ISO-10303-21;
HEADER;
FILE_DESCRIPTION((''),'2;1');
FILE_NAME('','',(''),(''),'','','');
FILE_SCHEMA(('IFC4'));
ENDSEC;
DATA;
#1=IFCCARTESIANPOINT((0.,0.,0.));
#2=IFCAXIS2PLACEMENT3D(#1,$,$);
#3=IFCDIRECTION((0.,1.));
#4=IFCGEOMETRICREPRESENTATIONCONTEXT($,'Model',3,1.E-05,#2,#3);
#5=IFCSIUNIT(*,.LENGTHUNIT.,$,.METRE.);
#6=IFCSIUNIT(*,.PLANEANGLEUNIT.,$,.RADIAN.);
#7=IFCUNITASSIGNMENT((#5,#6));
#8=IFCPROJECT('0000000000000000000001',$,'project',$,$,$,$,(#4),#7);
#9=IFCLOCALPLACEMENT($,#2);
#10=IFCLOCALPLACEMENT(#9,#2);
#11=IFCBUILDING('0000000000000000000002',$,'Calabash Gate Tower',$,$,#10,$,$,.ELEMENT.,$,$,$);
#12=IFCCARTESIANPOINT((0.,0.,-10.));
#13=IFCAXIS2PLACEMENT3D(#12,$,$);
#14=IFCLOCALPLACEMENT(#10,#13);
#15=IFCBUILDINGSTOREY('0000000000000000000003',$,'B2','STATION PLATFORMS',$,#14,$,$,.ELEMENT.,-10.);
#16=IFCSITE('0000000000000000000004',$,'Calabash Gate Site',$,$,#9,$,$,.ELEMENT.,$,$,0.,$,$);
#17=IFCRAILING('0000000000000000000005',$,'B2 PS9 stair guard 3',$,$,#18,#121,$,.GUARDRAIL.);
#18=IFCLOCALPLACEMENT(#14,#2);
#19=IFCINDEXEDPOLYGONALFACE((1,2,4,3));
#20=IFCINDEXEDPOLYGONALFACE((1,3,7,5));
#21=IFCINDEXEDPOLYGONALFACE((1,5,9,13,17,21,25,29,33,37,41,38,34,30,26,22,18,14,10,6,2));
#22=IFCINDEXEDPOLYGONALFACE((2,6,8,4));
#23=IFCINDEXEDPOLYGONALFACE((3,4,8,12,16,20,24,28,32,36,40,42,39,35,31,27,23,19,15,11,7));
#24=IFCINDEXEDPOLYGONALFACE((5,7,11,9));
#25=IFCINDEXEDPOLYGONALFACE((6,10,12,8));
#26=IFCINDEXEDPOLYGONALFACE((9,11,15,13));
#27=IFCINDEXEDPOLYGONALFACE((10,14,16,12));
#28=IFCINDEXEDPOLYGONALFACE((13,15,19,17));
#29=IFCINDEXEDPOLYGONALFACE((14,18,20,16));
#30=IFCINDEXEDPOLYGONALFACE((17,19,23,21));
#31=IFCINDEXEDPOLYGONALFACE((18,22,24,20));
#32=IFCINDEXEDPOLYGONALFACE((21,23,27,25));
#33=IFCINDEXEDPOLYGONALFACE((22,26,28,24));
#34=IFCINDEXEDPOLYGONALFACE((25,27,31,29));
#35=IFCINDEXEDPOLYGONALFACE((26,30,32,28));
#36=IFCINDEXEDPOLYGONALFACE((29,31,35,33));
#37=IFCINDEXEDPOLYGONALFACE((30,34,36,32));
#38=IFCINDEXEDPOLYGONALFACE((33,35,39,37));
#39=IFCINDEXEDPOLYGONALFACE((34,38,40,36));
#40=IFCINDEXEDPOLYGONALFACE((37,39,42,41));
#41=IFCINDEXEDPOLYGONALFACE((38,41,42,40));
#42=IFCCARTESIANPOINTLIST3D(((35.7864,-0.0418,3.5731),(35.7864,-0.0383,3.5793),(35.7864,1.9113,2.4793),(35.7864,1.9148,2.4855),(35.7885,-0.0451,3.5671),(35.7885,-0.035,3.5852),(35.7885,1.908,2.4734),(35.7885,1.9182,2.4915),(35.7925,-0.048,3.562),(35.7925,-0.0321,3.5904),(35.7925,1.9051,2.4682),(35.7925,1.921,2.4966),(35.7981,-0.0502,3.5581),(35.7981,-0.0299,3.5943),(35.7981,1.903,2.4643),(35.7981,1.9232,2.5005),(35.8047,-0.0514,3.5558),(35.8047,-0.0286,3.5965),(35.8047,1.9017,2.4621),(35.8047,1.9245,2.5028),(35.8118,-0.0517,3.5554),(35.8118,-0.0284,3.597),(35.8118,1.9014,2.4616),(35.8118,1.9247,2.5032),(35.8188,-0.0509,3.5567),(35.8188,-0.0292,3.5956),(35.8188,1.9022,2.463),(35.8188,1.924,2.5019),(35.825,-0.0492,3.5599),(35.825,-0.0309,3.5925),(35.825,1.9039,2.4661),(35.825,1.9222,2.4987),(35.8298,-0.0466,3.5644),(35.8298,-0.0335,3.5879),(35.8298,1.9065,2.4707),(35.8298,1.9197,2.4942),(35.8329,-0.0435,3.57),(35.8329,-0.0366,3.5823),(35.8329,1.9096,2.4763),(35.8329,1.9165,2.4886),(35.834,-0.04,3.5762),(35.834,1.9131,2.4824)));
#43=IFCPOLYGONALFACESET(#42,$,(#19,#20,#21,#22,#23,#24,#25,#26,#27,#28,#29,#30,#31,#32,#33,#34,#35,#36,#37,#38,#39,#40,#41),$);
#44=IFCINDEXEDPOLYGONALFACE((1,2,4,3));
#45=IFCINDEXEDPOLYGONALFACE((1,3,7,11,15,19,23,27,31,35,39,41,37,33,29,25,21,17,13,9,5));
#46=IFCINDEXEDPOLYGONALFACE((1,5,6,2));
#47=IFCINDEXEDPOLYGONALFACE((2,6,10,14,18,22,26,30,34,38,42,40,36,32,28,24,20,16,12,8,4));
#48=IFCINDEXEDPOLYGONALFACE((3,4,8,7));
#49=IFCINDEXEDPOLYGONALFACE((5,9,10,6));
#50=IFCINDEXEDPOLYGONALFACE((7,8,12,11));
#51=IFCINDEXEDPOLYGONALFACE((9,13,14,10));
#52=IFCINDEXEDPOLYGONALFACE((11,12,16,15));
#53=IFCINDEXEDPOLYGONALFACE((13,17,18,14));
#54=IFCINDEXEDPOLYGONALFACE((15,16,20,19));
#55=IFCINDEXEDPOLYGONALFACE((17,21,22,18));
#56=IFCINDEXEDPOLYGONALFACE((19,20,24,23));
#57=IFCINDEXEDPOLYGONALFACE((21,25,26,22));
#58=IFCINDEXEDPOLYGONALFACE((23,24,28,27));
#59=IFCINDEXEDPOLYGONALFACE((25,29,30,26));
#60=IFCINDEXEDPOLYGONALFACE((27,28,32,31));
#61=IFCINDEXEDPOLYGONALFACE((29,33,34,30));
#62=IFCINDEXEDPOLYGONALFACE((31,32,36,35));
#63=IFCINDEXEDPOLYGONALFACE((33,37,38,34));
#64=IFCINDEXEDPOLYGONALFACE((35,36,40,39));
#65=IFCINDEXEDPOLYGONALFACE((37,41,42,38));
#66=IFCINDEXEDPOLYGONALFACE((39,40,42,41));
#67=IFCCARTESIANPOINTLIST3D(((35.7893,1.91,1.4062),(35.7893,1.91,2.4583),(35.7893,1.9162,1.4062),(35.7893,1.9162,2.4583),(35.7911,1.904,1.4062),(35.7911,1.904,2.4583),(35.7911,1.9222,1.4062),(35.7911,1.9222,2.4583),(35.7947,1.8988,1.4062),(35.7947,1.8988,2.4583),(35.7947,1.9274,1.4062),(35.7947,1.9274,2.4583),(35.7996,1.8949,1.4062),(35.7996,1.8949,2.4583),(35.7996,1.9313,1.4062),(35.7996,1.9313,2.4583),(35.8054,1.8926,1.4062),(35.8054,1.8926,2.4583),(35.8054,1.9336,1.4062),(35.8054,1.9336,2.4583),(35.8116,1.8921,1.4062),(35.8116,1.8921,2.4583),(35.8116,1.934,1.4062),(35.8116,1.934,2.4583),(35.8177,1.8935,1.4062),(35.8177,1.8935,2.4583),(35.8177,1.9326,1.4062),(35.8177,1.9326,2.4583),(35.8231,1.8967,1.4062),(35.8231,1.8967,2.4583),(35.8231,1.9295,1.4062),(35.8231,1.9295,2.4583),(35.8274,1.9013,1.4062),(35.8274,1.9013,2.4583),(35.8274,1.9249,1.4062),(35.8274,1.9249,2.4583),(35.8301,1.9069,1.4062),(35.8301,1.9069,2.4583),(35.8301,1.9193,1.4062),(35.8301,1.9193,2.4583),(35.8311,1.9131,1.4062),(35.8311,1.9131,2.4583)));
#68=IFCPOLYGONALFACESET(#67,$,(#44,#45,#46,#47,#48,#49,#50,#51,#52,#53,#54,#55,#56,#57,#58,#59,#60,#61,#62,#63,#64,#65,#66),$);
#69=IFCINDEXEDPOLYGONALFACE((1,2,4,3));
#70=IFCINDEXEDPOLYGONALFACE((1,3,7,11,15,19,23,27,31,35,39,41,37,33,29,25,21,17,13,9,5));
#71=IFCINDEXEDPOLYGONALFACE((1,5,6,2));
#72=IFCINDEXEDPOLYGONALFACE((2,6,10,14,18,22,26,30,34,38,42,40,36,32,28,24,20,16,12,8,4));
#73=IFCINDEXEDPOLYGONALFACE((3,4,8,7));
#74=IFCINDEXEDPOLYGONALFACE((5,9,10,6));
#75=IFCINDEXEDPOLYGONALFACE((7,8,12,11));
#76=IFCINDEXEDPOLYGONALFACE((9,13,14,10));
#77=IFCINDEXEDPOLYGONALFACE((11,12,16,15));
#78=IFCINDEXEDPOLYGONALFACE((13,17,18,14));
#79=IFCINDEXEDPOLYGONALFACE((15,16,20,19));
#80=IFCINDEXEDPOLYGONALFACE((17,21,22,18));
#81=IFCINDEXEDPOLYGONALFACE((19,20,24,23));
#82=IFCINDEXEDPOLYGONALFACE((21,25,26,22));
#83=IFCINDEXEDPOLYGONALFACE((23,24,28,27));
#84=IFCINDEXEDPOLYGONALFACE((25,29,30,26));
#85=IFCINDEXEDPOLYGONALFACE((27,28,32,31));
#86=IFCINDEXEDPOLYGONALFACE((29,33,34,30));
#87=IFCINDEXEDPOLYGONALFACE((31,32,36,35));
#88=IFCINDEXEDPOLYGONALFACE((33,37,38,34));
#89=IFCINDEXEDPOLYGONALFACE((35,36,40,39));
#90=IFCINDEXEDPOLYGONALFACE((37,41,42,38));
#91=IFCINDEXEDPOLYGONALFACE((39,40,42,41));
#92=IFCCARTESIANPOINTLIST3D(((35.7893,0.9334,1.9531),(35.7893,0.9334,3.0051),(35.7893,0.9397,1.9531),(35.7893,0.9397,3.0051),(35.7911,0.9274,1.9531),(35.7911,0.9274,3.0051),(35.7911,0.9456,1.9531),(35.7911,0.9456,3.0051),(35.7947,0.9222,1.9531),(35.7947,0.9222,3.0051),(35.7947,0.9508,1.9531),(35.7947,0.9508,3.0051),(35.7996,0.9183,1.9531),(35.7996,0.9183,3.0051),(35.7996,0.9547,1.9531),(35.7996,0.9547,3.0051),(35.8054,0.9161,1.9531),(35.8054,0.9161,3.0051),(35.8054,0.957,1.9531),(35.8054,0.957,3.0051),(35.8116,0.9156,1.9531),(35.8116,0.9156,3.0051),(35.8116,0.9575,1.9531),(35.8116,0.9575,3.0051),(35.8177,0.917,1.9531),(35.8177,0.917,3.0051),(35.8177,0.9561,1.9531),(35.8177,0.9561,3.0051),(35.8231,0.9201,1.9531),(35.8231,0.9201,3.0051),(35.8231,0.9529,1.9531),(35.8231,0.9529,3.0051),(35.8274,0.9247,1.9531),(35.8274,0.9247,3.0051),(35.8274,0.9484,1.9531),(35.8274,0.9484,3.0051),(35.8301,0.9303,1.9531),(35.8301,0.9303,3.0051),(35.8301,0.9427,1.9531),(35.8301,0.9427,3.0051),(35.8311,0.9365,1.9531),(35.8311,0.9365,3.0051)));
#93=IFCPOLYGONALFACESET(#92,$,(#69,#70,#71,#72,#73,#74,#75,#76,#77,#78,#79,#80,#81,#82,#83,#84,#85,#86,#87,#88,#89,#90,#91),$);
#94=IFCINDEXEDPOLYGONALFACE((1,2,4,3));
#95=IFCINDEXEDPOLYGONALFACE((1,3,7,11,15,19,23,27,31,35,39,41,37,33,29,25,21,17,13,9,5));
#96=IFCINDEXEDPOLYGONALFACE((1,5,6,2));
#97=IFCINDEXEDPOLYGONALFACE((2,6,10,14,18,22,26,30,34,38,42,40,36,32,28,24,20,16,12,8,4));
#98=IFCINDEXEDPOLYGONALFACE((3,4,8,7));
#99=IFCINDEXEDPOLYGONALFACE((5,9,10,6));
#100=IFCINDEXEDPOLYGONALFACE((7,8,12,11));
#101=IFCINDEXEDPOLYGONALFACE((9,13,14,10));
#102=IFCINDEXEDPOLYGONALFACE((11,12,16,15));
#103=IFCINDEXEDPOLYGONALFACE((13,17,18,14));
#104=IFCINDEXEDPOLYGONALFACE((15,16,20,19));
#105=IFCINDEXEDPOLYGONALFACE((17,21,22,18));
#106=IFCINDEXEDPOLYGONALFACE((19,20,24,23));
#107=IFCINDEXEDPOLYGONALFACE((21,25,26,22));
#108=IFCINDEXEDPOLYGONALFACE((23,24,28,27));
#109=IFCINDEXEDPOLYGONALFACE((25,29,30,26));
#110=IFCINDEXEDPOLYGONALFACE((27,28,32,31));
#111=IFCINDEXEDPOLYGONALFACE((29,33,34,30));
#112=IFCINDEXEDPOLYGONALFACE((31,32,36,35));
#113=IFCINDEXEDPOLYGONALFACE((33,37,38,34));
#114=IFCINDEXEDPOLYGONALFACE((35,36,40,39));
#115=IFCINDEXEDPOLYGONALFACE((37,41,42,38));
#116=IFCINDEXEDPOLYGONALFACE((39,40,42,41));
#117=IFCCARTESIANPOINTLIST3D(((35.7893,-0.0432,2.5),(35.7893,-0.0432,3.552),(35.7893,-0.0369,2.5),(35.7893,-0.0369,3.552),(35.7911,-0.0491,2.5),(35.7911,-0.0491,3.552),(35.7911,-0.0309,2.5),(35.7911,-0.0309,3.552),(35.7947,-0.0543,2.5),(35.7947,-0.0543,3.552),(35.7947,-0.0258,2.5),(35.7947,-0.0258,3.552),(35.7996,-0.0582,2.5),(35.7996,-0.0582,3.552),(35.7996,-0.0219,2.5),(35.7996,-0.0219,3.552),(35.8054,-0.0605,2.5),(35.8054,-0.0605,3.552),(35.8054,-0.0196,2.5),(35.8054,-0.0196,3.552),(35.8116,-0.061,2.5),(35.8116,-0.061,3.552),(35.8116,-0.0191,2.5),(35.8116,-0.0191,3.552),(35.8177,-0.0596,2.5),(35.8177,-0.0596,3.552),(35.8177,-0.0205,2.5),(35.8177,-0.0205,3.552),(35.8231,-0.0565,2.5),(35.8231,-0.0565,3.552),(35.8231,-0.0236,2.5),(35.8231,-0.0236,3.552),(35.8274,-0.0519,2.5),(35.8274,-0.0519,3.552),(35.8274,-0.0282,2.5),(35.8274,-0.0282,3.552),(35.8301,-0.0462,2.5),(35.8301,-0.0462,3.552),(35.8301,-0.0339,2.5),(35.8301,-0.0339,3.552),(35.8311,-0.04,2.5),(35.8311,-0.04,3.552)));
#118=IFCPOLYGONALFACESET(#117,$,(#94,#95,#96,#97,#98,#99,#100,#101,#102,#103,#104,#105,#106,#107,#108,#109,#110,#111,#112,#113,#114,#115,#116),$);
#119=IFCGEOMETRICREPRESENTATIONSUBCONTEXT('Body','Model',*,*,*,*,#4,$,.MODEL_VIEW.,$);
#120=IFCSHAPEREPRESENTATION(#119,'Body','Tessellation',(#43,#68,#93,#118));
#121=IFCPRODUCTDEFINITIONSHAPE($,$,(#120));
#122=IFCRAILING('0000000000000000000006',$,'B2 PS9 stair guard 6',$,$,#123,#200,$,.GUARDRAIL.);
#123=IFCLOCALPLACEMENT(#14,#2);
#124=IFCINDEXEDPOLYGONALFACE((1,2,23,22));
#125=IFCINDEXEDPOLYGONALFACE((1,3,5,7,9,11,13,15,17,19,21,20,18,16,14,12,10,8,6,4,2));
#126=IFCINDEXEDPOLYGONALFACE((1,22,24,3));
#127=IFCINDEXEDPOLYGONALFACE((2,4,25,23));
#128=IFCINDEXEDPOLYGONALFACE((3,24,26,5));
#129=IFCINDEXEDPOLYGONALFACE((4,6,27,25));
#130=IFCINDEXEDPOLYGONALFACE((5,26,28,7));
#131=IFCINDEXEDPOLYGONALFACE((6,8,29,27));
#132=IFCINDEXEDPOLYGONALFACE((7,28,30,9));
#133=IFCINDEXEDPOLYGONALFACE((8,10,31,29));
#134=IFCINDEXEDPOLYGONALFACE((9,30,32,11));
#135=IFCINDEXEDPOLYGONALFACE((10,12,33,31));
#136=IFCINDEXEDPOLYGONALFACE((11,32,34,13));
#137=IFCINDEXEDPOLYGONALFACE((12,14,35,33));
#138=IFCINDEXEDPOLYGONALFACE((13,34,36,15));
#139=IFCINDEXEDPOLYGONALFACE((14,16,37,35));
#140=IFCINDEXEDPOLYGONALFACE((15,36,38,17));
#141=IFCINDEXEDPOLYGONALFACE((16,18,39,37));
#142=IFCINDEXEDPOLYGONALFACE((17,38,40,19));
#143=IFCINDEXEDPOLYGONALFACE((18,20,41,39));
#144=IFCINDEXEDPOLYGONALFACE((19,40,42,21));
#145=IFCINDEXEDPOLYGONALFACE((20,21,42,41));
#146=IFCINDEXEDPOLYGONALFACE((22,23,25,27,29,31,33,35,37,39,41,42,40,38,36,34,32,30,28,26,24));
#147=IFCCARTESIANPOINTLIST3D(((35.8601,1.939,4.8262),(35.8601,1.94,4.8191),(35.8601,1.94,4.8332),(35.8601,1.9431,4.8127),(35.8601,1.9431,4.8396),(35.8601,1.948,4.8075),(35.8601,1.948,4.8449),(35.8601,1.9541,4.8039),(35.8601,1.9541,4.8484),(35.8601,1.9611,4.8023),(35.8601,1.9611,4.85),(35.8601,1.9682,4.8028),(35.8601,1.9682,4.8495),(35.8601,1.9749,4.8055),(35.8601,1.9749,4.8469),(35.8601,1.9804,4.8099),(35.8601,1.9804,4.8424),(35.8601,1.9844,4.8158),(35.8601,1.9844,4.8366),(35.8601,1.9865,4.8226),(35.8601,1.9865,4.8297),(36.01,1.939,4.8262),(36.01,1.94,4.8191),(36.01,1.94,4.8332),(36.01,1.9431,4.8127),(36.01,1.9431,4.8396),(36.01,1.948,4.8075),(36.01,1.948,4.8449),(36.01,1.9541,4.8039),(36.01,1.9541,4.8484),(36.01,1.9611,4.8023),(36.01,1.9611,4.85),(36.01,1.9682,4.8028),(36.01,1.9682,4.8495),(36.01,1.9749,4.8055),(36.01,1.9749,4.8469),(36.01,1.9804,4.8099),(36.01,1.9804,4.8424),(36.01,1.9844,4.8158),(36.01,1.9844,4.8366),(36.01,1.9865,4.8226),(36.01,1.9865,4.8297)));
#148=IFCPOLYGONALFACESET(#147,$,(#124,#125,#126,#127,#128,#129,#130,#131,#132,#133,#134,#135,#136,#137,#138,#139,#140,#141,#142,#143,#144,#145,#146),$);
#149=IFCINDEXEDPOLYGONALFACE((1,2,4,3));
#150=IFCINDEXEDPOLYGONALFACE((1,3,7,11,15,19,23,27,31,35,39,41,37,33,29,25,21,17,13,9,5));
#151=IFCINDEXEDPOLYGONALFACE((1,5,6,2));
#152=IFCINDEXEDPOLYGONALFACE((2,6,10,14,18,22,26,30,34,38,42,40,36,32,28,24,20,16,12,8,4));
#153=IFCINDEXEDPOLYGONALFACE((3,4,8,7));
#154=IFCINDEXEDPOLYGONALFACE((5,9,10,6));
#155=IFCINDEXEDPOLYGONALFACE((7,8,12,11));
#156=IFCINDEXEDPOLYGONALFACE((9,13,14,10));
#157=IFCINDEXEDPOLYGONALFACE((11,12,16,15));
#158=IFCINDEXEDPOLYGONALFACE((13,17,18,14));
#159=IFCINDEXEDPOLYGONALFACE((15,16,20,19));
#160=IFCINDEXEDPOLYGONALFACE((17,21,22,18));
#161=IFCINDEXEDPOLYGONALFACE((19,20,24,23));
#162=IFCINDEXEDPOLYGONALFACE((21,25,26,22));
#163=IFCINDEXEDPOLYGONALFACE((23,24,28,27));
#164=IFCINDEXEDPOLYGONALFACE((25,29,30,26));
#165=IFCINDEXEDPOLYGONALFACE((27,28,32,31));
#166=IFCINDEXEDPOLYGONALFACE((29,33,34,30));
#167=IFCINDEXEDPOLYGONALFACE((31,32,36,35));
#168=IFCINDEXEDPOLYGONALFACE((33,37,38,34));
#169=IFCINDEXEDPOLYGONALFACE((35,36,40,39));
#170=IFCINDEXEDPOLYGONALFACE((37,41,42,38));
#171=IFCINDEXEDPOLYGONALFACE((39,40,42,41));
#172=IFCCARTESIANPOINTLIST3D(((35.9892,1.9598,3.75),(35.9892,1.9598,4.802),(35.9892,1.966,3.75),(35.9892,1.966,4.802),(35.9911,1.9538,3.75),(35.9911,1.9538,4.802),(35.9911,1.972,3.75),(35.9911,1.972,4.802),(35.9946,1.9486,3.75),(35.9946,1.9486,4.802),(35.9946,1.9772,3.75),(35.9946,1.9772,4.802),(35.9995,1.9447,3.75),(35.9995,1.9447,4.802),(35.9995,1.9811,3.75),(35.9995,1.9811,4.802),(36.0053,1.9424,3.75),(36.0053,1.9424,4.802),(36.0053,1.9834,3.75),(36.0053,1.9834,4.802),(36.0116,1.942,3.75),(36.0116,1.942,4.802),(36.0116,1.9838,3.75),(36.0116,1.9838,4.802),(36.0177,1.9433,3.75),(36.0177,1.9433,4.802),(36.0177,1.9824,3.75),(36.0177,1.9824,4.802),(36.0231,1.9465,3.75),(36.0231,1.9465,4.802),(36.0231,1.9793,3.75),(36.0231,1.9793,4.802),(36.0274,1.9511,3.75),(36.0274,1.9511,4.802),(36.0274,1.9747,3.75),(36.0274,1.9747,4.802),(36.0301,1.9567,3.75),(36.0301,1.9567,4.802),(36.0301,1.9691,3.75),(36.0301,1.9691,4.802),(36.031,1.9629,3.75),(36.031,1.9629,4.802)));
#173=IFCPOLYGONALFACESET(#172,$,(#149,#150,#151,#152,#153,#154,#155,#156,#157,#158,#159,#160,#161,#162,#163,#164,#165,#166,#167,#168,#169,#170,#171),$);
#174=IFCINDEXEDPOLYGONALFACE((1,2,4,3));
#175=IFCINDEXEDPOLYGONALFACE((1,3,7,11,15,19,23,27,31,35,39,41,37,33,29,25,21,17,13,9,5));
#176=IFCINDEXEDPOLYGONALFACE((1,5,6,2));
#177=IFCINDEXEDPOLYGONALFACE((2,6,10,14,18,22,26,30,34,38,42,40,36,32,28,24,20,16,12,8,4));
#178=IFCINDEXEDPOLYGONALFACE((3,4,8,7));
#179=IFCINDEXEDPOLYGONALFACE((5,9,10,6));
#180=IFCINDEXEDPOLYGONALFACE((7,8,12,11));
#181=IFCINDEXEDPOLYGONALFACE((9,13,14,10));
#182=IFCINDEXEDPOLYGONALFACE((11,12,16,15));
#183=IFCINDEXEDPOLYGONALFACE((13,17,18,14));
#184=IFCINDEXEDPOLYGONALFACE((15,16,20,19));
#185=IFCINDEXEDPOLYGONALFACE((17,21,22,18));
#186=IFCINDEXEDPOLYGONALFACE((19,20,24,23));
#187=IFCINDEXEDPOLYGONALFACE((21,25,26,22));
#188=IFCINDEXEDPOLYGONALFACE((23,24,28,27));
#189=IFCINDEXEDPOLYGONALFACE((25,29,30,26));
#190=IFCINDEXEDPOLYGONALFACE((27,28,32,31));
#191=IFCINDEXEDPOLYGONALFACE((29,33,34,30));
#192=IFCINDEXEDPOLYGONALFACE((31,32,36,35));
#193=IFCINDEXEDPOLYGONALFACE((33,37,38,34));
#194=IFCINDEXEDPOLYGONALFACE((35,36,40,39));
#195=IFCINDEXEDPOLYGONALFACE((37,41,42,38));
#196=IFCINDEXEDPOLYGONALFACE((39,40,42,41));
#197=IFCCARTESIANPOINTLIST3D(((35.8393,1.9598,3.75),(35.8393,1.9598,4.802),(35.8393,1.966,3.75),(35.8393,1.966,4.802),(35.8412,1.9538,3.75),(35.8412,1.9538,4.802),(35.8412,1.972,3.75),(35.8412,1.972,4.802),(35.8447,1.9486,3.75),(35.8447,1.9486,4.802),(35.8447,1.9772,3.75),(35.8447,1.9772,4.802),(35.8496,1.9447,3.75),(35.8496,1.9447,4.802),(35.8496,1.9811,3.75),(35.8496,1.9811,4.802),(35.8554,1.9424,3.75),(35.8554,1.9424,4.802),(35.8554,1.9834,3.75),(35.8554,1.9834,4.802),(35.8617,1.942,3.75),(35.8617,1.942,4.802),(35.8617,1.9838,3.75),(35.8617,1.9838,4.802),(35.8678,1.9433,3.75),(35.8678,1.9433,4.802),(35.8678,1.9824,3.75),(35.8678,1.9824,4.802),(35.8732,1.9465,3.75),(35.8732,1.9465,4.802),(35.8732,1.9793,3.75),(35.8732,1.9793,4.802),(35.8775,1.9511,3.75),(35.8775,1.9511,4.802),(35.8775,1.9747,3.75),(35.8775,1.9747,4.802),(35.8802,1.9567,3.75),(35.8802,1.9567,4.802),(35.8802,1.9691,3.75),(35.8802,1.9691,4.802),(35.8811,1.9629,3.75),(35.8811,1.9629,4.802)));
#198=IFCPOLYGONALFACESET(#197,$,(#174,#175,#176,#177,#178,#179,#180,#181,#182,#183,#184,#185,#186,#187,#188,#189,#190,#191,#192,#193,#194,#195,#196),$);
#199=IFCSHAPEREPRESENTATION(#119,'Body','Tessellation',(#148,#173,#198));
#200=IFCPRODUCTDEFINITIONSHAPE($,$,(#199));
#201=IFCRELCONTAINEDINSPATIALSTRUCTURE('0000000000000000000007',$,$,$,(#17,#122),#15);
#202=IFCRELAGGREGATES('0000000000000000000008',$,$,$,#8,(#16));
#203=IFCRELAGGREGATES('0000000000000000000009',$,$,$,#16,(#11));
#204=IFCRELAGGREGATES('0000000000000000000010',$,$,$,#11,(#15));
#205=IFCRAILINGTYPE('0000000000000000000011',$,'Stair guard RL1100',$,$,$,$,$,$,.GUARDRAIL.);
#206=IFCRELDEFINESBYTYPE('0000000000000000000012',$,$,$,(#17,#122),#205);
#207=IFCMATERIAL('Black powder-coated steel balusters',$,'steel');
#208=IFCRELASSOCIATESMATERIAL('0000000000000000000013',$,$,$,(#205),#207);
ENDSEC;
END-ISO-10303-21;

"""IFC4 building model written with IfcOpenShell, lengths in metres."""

from ifc_helpers import new_model, si_unit, direction, frame, origin, origin_2d, place, context, subcontext, project, spatial, circle, extrude, material, type_object, element, save


model = new_model("IFC4")

# Units and contexts
model_context = context("Model", 3, precision=1e-05, world=origin(), true_north=direction((0.0, 1.0)))
body_context = subcontext(model_context, "Body", "Model", "MODEL_VIEW")
ifc_project = project(units=[si_unit("LENGTHUNIT", "METRE"), si_unit("PLANEANGLEUNIT", "RADIAN")], contexts=[model_context])

# Site, building, storey
site_placement = place(None, origin())
site = spatial("IfcSite", under=ifc_project, at=site_placement, Name="Calabash Gate Site", CompositionType="ELEMENT", RefElevation=0.0)
building_placement = place(site_placement, origin())
building = spatial("IfcBuilding", under=site, at=building_placement, Name="Calabash Gate Tower", CompositionType="ELEMENT")
storey_placement = place(building_placement, frame((0.0, 0.0, -10.0)))
storey = spatial("IfcBuildingStorey", under=building, at=storey_placement, Name="B2", Description="STATION PLATFORMS", CompositionType="ELEMENT", Elevation=-10.0)

# Railings
ifc_material_1 = material(Name="Black powder-coated steel balusters", Category="steel")
railing_type = type_object("IfcRailingType", Name="Stair guard RL1100", PredefinedType="GUARDRAIL", material=ifc_material_1)
railing_1_placement = place(storey_placement, frame((35.8101, 1.9131, 1.4062)))
element("IfcRailing", 1, at=railing_1_placement, inside=storey, type_object=railing_type, Name="B2 PS9 stair guard 3", PredefinedType="GUARDRAIL", context=body_context, shape_type="SweptSolid", body=[
    extrude(circle(Radius=0.0239, at=origin_2d()), frame((0.0, 0.0, 1.0762), z_axis=(0.0, -0.872506, 0.488603), x_axis=(1.0, 0.0, 0.0)), (0.0, 0.0, 1.0), 2.2385),
    extrude(circle(Radius=0.021, at=origin_2d()), origin(), (0.0, 0.0, 1.0), 1.052),
    extrude(circle(Radius=0.021, at=origin_2d()), frame((0.0, -0.9766, 0.5469)), (0.0, 0.0, 1.0), 1.052),
    extrude(circle(Radius=0.021, at=origin_2d()), frame((0.0, -1.9531, 1.0938)), (0.0, 0.0, 1.0), 1.052),
])
railing_2_placement = place(storey_placement, frame((36.01, 1.9629, 3.75)))
element("IfcRailing", 2, at=railing_2_placement, inside=storey, type_object=railing_type, Name="B2 PS9 stair guard 6", PredefinedType="GUARDRAIL", context=body_context, shape_type="SweptSolid", body=[
    extrude(circle(Radius=0.0239, at=origin_2d()), frame((0.0, 0.0, 1.0762), z_axis=(-1.0, 0.0, 0.0), x_axis=(0.0, -1.0, 0.0)), (0.0, 0.0, 1.0), 0.1499),
    extrude(circle(Radius=0.021, at=origin_2d()), origin(), (0.0, 0.0, 1.0), 1.052),
    extrude(circle(Radius=0.021, at=origin_2d()), frame((-0.1499, 0.0, 0.0)), (0.0, 0.0, 1.0), 1.052),
])

save(model, "model.ifc")
